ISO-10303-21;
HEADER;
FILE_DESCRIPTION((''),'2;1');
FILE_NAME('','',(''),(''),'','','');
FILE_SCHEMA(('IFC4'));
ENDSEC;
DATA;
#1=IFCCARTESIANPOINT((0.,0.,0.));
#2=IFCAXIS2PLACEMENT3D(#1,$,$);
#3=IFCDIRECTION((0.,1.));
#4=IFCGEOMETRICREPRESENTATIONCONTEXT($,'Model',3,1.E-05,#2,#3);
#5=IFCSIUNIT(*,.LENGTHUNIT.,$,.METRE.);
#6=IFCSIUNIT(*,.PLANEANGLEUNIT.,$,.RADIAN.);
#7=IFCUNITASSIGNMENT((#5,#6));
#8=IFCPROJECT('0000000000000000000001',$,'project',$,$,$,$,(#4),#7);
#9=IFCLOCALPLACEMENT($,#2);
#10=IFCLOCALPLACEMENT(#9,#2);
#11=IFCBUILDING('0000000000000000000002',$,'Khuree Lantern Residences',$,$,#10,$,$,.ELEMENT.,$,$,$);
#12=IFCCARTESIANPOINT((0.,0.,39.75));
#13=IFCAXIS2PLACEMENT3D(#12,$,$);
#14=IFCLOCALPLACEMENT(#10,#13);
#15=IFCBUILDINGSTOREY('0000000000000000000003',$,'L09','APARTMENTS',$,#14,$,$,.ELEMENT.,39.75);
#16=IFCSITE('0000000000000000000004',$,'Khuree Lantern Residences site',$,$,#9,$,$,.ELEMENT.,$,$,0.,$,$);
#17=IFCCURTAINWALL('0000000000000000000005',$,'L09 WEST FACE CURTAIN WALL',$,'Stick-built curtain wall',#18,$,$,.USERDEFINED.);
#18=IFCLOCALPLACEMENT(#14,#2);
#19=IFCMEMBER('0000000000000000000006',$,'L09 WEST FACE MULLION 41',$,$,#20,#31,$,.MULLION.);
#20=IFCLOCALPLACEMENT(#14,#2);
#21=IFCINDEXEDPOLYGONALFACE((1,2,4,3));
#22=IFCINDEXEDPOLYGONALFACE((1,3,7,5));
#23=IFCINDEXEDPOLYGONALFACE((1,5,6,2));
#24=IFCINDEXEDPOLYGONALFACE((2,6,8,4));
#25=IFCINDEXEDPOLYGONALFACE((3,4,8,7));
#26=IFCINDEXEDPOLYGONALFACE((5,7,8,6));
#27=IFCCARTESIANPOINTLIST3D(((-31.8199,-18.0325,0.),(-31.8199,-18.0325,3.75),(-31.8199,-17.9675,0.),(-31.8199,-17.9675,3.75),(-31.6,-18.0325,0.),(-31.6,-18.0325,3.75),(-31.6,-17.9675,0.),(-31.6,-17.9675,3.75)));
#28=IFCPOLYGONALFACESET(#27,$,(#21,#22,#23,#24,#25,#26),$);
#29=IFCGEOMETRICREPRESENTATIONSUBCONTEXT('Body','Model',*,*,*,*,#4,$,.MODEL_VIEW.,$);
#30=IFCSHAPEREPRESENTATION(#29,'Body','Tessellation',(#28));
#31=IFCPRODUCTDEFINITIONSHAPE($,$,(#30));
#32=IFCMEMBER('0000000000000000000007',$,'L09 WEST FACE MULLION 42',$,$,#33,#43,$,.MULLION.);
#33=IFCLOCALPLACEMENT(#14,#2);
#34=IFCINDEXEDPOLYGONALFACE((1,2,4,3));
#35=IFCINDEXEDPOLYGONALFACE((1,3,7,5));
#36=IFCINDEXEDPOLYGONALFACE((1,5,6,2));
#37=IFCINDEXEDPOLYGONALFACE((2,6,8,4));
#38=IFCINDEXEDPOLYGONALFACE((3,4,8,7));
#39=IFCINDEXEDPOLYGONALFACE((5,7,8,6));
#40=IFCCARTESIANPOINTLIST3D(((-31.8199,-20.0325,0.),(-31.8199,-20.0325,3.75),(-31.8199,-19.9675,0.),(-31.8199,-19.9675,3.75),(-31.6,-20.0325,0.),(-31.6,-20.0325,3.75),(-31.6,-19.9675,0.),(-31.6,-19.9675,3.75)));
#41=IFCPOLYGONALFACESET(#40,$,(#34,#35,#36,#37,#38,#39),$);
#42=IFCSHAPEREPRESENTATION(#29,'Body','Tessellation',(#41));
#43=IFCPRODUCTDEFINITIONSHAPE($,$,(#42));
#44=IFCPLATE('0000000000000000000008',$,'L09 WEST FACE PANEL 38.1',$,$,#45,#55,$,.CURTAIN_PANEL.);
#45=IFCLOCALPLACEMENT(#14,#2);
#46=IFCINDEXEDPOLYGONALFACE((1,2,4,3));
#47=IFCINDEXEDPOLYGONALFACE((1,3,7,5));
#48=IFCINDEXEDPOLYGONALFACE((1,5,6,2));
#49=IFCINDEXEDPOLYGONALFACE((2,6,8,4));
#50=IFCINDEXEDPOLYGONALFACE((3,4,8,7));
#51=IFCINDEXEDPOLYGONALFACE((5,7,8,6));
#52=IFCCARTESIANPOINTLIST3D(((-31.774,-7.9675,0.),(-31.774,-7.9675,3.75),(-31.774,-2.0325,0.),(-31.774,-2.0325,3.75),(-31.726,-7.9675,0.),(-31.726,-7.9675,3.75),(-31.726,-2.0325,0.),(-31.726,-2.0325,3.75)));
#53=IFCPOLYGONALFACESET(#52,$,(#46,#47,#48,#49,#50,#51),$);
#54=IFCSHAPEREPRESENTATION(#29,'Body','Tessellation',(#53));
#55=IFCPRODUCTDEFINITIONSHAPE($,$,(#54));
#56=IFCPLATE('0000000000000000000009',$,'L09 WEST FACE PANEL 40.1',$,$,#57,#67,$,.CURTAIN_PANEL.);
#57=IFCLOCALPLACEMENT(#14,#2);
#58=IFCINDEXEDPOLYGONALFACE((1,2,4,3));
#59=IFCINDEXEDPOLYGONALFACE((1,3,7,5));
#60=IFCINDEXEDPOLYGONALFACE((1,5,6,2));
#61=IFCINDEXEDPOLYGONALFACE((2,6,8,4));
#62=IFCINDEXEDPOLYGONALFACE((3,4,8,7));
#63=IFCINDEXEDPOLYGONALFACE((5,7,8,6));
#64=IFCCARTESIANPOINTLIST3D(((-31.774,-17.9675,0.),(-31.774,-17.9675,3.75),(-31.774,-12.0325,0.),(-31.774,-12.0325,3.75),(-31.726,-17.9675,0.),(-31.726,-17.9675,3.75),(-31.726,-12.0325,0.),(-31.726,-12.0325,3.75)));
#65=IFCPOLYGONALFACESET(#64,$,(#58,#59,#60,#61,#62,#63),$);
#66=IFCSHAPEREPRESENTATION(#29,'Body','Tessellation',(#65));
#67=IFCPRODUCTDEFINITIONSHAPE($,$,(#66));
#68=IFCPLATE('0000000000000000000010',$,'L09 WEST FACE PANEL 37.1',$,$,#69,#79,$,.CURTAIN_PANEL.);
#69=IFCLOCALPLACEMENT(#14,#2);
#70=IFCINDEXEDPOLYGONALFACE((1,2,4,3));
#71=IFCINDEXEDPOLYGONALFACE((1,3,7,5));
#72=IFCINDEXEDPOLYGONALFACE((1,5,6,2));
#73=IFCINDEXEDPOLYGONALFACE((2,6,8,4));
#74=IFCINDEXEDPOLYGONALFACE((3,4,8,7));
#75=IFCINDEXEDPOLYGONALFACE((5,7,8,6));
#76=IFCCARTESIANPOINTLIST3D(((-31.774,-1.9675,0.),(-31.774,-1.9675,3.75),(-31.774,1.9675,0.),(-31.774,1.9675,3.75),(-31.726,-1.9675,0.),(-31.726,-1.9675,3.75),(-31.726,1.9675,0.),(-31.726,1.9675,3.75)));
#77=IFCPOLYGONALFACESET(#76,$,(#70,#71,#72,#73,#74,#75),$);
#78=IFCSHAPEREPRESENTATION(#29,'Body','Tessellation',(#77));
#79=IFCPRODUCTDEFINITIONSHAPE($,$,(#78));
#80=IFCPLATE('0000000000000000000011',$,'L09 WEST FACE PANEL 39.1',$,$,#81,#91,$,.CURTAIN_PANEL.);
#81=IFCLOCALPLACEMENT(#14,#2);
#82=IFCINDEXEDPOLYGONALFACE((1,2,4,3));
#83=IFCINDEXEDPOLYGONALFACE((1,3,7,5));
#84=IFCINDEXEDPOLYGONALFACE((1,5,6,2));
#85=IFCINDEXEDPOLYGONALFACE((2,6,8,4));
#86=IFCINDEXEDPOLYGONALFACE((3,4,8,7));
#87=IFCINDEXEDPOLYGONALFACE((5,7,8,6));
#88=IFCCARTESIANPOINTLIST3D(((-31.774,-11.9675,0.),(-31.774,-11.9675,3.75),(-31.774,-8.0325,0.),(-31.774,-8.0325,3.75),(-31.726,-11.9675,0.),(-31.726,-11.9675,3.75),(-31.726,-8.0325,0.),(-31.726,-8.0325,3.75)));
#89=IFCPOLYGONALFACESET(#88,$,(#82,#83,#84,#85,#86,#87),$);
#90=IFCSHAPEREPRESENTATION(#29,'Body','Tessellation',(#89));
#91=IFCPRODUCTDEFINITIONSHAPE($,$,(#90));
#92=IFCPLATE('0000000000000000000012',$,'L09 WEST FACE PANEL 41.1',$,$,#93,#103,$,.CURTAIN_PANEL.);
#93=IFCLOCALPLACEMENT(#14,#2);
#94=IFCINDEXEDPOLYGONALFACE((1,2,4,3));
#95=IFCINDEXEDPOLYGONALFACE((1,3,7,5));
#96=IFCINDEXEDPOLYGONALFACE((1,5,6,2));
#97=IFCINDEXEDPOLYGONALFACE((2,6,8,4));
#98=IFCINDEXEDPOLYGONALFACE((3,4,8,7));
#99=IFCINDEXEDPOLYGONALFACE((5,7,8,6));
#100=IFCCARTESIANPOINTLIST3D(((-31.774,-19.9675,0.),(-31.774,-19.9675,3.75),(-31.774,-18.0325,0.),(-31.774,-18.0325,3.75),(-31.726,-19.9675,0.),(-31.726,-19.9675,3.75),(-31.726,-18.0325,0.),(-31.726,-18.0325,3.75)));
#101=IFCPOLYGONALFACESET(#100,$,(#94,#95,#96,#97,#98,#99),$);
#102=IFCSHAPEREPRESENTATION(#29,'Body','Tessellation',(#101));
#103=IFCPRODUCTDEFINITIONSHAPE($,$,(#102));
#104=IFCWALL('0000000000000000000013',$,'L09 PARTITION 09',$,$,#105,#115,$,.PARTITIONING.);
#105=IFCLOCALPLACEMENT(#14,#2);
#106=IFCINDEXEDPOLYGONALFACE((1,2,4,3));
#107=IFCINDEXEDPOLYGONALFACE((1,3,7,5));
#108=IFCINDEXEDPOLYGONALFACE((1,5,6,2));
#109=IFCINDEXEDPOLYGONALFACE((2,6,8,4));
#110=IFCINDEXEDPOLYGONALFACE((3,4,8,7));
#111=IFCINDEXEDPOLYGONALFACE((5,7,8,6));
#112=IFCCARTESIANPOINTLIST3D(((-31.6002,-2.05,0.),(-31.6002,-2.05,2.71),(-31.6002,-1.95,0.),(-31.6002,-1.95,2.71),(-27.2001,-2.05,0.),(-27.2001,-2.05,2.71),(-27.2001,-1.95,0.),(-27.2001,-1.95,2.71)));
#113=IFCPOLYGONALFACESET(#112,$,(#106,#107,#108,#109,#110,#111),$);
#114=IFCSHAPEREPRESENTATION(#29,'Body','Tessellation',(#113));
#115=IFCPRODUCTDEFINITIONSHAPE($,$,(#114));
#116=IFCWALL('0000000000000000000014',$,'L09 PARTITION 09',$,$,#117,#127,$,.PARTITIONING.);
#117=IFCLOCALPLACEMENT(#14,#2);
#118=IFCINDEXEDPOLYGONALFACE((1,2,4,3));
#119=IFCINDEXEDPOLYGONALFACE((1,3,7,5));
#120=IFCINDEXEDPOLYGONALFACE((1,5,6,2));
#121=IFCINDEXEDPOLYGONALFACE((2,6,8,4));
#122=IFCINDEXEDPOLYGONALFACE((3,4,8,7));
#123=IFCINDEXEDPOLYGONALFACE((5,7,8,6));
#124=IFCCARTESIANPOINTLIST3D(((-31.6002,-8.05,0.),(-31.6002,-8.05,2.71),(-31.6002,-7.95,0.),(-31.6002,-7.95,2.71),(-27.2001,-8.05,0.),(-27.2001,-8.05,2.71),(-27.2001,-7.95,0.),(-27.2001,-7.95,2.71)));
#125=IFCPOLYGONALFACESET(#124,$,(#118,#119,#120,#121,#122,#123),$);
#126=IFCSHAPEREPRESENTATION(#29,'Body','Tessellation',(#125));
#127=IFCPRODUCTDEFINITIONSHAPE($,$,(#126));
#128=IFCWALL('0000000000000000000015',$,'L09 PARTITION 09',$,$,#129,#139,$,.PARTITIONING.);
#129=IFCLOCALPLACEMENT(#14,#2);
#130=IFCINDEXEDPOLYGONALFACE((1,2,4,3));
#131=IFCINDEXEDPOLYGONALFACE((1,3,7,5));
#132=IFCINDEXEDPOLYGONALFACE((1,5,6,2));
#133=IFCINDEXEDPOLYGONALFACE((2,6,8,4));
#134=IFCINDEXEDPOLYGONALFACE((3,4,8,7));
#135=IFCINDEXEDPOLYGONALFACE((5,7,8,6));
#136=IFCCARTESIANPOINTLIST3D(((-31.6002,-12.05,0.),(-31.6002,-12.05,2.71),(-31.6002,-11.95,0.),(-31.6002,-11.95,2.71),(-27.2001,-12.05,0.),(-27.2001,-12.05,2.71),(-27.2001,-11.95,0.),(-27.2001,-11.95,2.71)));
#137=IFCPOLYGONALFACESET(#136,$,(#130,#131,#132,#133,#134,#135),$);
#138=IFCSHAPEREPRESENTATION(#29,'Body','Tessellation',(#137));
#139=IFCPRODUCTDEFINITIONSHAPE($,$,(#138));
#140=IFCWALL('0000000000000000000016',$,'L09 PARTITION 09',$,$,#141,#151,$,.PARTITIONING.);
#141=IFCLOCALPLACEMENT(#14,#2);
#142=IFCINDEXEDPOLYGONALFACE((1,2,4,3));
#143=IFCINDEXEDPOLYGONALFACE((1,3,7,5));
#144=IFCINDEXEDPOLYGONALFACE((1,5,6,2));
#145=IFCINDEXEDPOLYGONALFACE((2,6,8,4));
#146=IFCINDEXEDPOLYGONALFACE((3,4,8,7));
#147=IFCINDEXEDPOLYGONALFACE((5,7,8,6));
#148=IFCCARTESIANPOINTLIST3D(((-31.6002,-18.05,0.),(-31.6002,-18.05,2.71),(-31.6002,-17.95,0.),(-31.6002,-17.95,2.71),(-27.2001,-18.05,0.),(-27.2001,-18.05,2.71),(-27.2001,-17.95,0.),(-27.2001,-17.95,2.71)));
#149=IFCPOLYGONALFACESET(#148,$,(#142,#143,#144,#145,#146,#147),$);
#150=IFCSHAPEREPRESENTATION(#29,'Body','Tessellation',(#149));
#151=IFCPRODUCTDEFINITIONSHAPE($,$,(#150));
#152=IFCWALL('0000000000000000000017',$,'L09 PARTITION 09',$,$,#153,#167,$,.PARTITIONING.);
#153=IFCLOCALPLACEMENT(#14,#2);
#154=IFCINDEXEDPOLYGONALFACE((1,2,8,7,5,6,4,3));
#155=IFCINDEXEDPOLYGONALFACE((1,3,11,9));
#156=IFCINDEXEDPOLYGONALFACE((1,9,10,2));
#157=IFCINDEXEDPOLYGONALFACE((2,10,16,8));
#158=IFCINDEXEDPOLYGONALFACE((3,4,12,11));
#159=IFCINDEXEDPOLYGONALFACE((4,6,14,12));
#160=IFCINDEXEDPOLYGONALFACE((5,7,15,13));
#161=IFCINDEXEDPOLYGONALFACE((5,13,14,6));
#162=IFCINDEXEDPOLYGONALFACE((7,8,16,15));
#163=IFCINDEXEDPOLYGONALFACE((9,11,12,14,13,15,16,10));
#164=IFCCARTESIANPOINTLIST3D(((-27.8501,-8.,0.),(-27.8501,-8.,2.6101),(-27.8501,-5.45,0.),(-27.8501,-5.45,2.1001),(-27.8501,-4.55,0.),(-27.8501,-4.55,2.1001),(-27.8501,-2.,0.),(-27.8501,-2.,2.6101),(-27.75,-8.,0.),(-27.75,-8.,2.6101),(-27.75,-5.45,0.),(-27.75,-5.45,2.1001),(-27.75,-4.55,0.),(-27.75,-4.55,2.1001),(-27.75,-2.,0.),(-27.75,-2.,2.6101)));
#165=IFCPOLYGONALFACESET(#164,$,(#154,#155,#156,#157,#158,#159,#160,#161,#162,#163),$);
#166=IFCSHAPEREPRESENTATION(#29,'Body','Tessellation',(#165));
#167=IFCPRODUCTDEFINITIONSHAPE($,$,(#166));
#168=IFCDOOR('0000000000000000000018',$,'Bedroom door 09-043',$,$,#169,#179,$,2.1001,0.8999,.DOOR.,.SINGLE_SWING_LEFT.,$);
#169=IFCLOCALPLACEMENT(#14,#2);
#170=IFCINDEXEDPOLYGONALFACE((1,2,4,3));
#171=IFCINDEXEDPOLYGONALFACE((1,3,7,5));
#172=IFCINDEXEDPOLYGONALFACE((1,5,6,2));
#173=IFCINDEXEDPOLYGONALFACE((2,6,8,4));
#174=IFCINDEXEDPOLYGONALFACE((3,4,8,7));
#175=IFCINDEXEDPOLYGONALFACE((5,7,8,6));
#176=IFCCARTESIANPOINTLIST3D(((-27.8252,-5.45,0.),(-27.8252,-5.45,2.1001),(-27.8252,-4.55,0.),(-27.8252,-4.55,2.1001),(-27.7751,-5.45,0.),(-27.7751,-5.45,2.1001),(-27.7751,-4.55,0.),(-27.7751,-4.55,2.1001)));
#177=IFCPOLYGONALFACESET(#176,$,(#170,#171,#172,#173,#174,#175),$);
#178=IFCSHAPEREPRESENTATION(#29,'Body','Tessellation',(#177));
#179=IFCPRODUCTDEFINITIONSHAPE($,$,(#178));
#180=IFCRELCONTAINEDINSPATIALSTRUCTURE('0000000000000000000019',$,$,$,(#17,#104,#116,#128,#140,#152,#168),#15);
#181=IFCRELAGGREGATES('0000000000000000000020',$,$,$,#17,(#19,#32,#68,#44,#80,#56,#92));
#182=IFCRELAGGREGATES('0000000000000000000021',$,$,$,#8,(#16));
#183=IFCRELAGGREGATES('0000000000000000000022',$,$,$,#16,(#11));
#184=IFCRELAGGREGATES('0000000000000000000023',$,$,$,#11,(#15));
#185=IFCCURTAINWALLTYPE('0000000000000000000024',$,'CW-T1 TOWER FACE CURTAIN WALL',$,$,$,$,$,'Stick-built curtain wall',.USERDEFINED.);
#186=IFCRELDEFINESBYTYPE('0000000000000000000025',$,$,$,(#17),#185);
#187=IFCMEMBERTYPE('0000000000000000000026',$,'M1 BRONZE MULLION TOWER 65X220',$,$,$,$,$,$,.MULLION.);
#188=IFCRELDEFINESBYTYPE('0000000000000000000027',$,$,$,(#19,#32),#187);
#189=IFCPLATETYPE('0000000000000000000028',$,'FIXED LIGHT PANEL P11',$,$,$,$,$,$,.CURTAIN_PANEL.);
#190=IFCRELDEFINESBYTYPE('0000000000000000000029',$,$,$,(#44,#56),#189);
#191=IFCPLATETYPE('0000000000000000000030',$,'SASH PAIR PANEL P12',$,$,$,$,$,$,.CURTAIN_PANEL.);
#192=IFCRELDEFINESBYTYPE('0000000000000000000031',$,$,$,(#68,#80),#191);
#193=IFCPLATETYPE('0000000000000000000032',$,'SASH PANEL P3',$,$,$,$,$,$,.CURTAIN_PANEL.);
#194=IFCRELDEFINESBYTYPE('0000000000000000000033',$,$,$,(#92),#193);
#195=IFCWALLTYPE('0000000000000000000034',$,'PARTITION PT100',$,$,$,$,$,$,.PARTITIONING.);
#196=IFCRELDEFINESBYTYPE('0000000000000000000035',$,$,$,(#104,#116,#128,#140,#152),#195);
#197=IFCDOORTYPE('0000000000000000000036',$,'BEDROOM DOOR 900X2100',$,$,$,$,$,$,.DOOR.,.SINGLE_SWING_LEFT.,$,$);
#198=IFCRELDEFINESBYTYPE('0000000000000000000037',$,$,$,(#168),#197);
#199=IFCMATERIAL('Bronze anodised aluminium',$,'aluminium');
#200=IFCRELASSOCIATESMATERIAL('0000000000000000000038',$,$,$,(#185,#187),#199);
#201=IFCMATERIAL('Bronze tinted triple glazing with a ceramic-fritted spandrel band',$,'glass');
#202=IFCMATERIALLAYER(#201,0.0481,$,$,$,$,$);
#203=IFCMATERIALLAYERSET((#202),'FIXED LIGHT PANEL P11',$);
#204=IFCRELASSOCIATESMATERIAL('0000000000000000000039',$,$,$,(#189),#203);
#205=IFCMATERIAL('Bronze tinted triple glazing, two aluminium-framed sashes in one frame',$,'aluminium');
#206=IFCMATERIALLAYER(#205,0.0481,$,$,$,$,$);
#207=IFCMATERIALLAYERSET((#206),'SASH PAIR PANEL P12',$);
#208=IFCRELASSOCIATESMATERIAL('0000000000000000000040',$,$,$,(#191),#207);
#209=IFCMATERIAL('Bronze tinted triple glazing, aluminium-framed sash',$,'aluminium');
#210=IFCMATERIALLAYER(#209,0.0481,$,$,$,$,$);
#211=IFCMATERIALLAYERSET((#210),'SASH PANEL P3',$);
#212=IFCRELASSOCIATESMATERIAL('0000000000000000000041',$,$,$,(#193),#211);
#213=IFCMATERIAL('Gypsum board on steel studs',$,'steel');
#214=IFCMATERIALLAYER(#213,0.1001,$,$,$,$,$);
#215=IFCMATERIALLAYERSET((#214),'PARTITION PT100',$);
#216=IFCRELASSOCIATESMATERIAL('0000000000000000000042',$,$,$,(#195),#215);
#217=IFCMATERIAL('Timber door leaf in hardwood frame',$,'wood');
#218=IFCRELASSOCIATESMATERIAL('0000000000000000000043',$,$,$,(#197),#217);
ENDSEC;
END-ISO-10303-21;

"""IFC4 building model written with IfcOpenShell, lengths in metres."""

from ifc_helpers import new_model, si_unit, direction, frame, frame_2d, origin, origin_2d, place, context, subcontext, project, spatial, rectangle, extrude, material, layer, layer_set, material_profile, profile_set, type_object, element, fill, aggregate, save


model = new_model("IFC4")

# Units and contexts
model_context = context("Model", 3, precision=1e-05, world=origin(), true_north=direction((0.0, 1.0)))
body_context = subcontext(model_context, "Body", "Model", "MODEL_VIEW")
ifc_project = project(units=[si_unit("LENGTHUNIT", "METRE"), si_unit("PLANEANGLEUNIT", "RADIAN")], contexts=[model_context])

# Site, building, storey
site_placement = place(None, origin())
site = spatial("IfcSite", under=ifc_project, at=site_placement, Name="Khuree Lantern Residences site", CompositionType="ELEMENT", RefElevation=0.0)
building_placement = place(site_placement, origin())
building = spatial("IfcBuilding", under=site, at=building_placement, Name="Khuree Lantern Residences", CompositionType="ELEMENT")
storey_placement = place(building_placement, frame((0.0, 0.0, 39.75)))
storey = spatial("IfcBuildingStorey", under=building, at=storey_placement, Name="L09", Description="APARTMENTS", CompositionType="ELEMENT", Elevation=39.75)

# Curtain wall
ifc_material_1 = material(Name="Bronze anodised aluminium", Category="aluminium")
curtain_wall_type = type_object("IfcCurtainWallType", Name="CW-T1 TOWER FACE CURTAIN WALL", ElementType="Stick-built curtain wall", PredefinedType="USERDEFINED", material=ifc_material_1)
curtain_wall_placement = place(storey_placement, origin())
curtain_wall = element("IfcCurtainWall", 1, at=curtain_wall_placement, inside=storey, type_object=curtain_wall_type, Name="L09 WEST FACE CURTAIN WALL", ObjectType="Stick-built curtain wall", PredefinedType="USERDEFINED")

# Members
ifc_material_profile_1 = material_profile(ifc_material_1, rectangle(XDim=0.0649, YDim=0.22, at=origin_2d()), Name="M1 65X220")
ifc_profile_set_1 = profile_set([ifc_material_profile_1], Name="Bronze anodised aluminium")
member_type_1 = type_object("IfcMemberType", Name="M1 BRONZE MULLION TOWER 65X220", PredefinedType="MULLION", material=ifc_profile_set_1)
member_1_placement = place(storey_placement, frame((-31.71, -18.0, 0.0), z_axis=(0.0, 0.0, 1.0), x_axis=(0.0, -1.0, 0.0)))
member_1 = element("IfcMember", 2, at=member_1_placement, type_object=member_type_1, Name="L09 WEST FACE MULLION 41", PredefinedType="MULLION", context=body_context, shape_type="SweptSolid", body=[
    extrude(rectangle(XDim=0.0649, YDim=0.22, at=origin_2d()), origin(), (0.0, 0.0, 1.0), 3.75),
])
member_2_placement = place(storey_placement, frame((-31.71, -20.0, 0.0), z_axis=(0.0, 0.0, 1.0), x_axis=(0.0, -1.0, 0.0)))
member_2 = element("IfcMember", 3, at=member_2_placement, type_object=member_type_1, Name="L09 WEST FACE MULLION 42", PredefinedType="MULLION", context=body_context, shape_type="SweptSolid", body=[
    extrude(rectangle(XDim=0.0649, YDim=0.22, at=origin_2d()), origin(), (0.0, 0.0, 1.0), 3.75),
])

# Plates
ifc_material_2 = material(Name="Bronze tinted triple glazing with a ceramic-fritted spandrel band", Category="glass")
ifc_layer_1 = layer(ifc_material_2, 0.0481)
ifc_layer_set_1 = layer_set([ifc_layer_1], Name="FIXED LIGHT PANEL P11")
plate_type_1 = type_object("IfcPlateType", Name="FIXED LIGHT PANEL P11", PredefinedType="CURTAIN_PANEL", material=ifc_layer_set_1)
plate_1_placement = place(storey_placement, frame((-31.75, -5.0, 0.0), z_axis=(0.0, 0.0, 1.0), x_axis=(0.0, -1.0, 0.0)))
plate_1 = element("IfcPlate", 4, at=plate_1_placement, type_object=plate_type_1, Name="L09 WEST FACE PANEL 38.1", PredefinedType="CURTAIN_PANEL", context=body_context, shape_type="SweptSolid", body=[
    extrude(rectangle(XDim=5.9351, YDim=0.0481, at=origin_2d()), origin(), (0.0, 0.0, 1.0), 3.75),
])
plate_2_placement = place(storey_placement, frame((-31.75, -15.0, 0.0), z_axis=(0.0, 0.0, 1.0), x_axis=(0.0, -1.0, 0.0)))
plate_2 = element("IfcPlate", 5, at=plate_2_placement, type_object=plate_type_1, Name="L09 WEST FACE PANEL 40.1", PredefinedType="CURTAIN_PANEL", context=body_context, shape_type="SweptSolid", body=[
    extrude(rectangle(XDim=5.9351, YDim=0.0481, at=origin_2d()), origin(), (0.0, 0.0, 1.0), 3.75),
])
ifc_material_3 = material(Name="Bronze tinted triple glazing, two aluminium-framed sashes in one frame", Category="aluminium")
ifc_layer_2 = layer(ifc_material_3, 0.0481)
ifc_layer_set_2 = layer_set([ifc_layer_2], Name="SASH PAIR PANEL P12")
plate_type_2 = type_object("IfcPlateType", Name="SASH PAIR PANEL P12", PredefinedType="CURTAIN_PANEL", material=ifc_layer_set_2)
plate_3_placement = place(storey_placement, frame((-31.75, 0.0, 0.0), z_axis=(0.0, 0.0, 1.0), x_axis=(0.0, -1.0, 0.0)))
plate_3 = element("IfcPlate", 6, at=plate_3_placement, type_object=plate_type_2, Name="L09 WEST FACE PANEL 37.1", PredefinedType="CURTAIN_PANEL", context=body_context, shape_type="SweptSolid", body=[
    extrude(rectangle(XDim=3.9351, YDim=0.0481, at=origin_2d()), origin(), (0.0, 0.0, 1.0), 3.75),
])
plate_4_placement = place(storey_placement, frame((-31.75, -10.0, 0.0), z_axis=(0.0, 0.0, 1.0), x_axis=(0.0, -1.0, 0.0)))
plate_4 = element("IfcPlate", 7, at=plate_4_placement, type_object=plate_type_2, Name="L09 WEST FACE PANEL 39.1", PredefinedType="CURTAIN_PANEL", context=body_context, shape_type="SweptSolid", body=[
    extrude(rectangle(XDim=3.9351, YDim=0.0481, at=origin_2d()), origin(), (0.0, 0.0, 1.0), 3.75),
])
ifc_material_4 = material(Name="Bronze tinted triple glazing, aluminium-framed sash", Category="aluminium")
ifc_layer_3 = layer(ifc_material_4, 0.0481)
ifc_layer_set_3 = layer_set([ifc_layer_3], Name="SASH PANEL P3")
plate_type_3 = type_object("IfcPlateType", Name="SASH PANEL P3", PredefinedType="CURTAIN_PANEL", material=ifc_layer_set_3)
plate_5_placement = place(storey_placement, frame((-31.75, -19.0, 0.0), z_axis=(0.0, 0.0, 1.0), x_axis=(0.0, -1.0, 0.0)))
plate_5 = element("IfcPlate", 8, at=plate_5_placement, type_object=plate_type_3, Name="L09 WEST FACE PANEL 41.1", PredefinedType="CURTAIN_PANEL", context=body_context, shape_type="SweptSolid", body=[
    extrude(rectangle(XDim=1.9351, YDim=0.0481, at=origin_2d()), origin(), (0.0, 0.0, 1.0), 3.75),
])
aggregate(curtain_wall, [member_1, member_2, plate_3, plate_1, plate_4, plate_2, plate_5])

# Walls
ifc_material_5 = material(Name="Gypsum board on steel studs", Category="steel")
ifc_layer_4 = layer(ifc_material_5, 0.1001)
ifc_layer_set_4 = layer_set([ifc_layer_4], Name="PARTITION PT100")
wall_type = type_object("IfcWallType", Name="PARTITION PT100", PredefinedType="PARTITIONING", material=ifc_layer_set_4)
for number, where, z_axis, x_axis, name in (
    (9, (-27.2, -2.0, 0.0), (0.0, 0.0, 1.0), (-1.0, 0.0, 0.0), "L09 PARTITION 09"),
    (10, (-27.2, -8.0, 0.0), (0.0, 0.0, 1.0), (-1.0, 0.0, 0.0), "L09 PARTITION 09"),
    (11, (-27.2, -12.0, 0.0), (0.0, 0.0, 1.0), (-1.0, 0.0, 0.0), "L09 PARTITION 09"),
    (12, (-27.2, -18.0, 0.0), (0.0, 0.0, 1.0), (-1.0, 0.0, 0.0), "L09 PARTITION 09"),
):
    element("IfcWall", number, at=place(storey_placement, frame(where, z_axis=z_axis, x_axis=x_axis)), inside=storey, type_object=wall_type, Name=name, PredefinedType="PARTITIONING", context=body_context, shape_type="SweptSolid", body=[
        extrude(rectangle(XDim=4.4001, YDim=0.1001, at=frame_2d((2.2002, 0.0))), origin(), (0.0, 0.0, 1.0), 2.71),
    ])

# Wall, opening, door
wall_1_placement = place(storey_placement, frame((-27.8, -2.0, 0.0), z_axis=(0.0, 0.0, 1.0), x_axis=(0.0, -1.0, 0.0)))
wall_1 = element("IfcWall", 13, at=wall_1_placement, inside=storey, type_object=wall_type, Name="L09 PARTITION 09", PredefinedType="PARTITIONING", context=body_context, shape_type="SweptSolid", body=[
    extrude(rectangle(XDim=6.0, YDim=0.1001, at=frame_2d((3.0, 0.0))), origin(), (0.0, 0.0, 1.0), 2.6101),
])
opening_1_placement = place(wall_1_placement, frame((2.55, 0.0, 0.0)))
opening_1 = element("IfcOpeningElement", 14, at=opening_1_placement, cuts=wall_1, PredefinedType="OPENING", context=body_context, shape_type="SweptSolid", body=[
    extrude(rectangle(XDim=0.8999, YDim=2.1001, at=frame_2d((0.45, 1.05))), frame((0.0, 0.0601, 0.0), z_axis=(0.0, -1.0, 0.0), x_axis=(1.0, 0.0, 0.0)), (0.0, 0.0, 1.0), 0.1201),
])
ifc_material_6 = material(Name="Timber door leaf in hardwood frame", Category="wood")
door_type = type_object("IfcDoorType", Name="BEDROOM DOOR 900X2100", OperationType="SINGLE_SWING_LEFT", PredefinedType="DOOR", material=ifc_material_6)
door_1_placement = place(opening_1_placement, origin())
door_1 = element("IfcDoor", 15, at=door_1_placement, inside=storey, type_object=door_type, Name="Bedroom door 09-043", OperationType="SINGLE_SWING_LEFT", OverallHeight=2.1001, OverallWidth=0.8999, PredefinedType="DOOR", context=body_context, shape_type="SweptSolid", body=[
    extrude(rectangle(XDim=0.8999, YDim=2.1001, at=frame_2d((0.45, 1.05))), frame((0.0, 0.0249, 0.0), z_axis=(0.0, -1.0, 0.0), x_axis=(1.0, 0.0, 0.0)), (0.0, 0.0, 1.0), 0.05),
])
fill(opening_1, door_1)

save(model, "model.ifc")
